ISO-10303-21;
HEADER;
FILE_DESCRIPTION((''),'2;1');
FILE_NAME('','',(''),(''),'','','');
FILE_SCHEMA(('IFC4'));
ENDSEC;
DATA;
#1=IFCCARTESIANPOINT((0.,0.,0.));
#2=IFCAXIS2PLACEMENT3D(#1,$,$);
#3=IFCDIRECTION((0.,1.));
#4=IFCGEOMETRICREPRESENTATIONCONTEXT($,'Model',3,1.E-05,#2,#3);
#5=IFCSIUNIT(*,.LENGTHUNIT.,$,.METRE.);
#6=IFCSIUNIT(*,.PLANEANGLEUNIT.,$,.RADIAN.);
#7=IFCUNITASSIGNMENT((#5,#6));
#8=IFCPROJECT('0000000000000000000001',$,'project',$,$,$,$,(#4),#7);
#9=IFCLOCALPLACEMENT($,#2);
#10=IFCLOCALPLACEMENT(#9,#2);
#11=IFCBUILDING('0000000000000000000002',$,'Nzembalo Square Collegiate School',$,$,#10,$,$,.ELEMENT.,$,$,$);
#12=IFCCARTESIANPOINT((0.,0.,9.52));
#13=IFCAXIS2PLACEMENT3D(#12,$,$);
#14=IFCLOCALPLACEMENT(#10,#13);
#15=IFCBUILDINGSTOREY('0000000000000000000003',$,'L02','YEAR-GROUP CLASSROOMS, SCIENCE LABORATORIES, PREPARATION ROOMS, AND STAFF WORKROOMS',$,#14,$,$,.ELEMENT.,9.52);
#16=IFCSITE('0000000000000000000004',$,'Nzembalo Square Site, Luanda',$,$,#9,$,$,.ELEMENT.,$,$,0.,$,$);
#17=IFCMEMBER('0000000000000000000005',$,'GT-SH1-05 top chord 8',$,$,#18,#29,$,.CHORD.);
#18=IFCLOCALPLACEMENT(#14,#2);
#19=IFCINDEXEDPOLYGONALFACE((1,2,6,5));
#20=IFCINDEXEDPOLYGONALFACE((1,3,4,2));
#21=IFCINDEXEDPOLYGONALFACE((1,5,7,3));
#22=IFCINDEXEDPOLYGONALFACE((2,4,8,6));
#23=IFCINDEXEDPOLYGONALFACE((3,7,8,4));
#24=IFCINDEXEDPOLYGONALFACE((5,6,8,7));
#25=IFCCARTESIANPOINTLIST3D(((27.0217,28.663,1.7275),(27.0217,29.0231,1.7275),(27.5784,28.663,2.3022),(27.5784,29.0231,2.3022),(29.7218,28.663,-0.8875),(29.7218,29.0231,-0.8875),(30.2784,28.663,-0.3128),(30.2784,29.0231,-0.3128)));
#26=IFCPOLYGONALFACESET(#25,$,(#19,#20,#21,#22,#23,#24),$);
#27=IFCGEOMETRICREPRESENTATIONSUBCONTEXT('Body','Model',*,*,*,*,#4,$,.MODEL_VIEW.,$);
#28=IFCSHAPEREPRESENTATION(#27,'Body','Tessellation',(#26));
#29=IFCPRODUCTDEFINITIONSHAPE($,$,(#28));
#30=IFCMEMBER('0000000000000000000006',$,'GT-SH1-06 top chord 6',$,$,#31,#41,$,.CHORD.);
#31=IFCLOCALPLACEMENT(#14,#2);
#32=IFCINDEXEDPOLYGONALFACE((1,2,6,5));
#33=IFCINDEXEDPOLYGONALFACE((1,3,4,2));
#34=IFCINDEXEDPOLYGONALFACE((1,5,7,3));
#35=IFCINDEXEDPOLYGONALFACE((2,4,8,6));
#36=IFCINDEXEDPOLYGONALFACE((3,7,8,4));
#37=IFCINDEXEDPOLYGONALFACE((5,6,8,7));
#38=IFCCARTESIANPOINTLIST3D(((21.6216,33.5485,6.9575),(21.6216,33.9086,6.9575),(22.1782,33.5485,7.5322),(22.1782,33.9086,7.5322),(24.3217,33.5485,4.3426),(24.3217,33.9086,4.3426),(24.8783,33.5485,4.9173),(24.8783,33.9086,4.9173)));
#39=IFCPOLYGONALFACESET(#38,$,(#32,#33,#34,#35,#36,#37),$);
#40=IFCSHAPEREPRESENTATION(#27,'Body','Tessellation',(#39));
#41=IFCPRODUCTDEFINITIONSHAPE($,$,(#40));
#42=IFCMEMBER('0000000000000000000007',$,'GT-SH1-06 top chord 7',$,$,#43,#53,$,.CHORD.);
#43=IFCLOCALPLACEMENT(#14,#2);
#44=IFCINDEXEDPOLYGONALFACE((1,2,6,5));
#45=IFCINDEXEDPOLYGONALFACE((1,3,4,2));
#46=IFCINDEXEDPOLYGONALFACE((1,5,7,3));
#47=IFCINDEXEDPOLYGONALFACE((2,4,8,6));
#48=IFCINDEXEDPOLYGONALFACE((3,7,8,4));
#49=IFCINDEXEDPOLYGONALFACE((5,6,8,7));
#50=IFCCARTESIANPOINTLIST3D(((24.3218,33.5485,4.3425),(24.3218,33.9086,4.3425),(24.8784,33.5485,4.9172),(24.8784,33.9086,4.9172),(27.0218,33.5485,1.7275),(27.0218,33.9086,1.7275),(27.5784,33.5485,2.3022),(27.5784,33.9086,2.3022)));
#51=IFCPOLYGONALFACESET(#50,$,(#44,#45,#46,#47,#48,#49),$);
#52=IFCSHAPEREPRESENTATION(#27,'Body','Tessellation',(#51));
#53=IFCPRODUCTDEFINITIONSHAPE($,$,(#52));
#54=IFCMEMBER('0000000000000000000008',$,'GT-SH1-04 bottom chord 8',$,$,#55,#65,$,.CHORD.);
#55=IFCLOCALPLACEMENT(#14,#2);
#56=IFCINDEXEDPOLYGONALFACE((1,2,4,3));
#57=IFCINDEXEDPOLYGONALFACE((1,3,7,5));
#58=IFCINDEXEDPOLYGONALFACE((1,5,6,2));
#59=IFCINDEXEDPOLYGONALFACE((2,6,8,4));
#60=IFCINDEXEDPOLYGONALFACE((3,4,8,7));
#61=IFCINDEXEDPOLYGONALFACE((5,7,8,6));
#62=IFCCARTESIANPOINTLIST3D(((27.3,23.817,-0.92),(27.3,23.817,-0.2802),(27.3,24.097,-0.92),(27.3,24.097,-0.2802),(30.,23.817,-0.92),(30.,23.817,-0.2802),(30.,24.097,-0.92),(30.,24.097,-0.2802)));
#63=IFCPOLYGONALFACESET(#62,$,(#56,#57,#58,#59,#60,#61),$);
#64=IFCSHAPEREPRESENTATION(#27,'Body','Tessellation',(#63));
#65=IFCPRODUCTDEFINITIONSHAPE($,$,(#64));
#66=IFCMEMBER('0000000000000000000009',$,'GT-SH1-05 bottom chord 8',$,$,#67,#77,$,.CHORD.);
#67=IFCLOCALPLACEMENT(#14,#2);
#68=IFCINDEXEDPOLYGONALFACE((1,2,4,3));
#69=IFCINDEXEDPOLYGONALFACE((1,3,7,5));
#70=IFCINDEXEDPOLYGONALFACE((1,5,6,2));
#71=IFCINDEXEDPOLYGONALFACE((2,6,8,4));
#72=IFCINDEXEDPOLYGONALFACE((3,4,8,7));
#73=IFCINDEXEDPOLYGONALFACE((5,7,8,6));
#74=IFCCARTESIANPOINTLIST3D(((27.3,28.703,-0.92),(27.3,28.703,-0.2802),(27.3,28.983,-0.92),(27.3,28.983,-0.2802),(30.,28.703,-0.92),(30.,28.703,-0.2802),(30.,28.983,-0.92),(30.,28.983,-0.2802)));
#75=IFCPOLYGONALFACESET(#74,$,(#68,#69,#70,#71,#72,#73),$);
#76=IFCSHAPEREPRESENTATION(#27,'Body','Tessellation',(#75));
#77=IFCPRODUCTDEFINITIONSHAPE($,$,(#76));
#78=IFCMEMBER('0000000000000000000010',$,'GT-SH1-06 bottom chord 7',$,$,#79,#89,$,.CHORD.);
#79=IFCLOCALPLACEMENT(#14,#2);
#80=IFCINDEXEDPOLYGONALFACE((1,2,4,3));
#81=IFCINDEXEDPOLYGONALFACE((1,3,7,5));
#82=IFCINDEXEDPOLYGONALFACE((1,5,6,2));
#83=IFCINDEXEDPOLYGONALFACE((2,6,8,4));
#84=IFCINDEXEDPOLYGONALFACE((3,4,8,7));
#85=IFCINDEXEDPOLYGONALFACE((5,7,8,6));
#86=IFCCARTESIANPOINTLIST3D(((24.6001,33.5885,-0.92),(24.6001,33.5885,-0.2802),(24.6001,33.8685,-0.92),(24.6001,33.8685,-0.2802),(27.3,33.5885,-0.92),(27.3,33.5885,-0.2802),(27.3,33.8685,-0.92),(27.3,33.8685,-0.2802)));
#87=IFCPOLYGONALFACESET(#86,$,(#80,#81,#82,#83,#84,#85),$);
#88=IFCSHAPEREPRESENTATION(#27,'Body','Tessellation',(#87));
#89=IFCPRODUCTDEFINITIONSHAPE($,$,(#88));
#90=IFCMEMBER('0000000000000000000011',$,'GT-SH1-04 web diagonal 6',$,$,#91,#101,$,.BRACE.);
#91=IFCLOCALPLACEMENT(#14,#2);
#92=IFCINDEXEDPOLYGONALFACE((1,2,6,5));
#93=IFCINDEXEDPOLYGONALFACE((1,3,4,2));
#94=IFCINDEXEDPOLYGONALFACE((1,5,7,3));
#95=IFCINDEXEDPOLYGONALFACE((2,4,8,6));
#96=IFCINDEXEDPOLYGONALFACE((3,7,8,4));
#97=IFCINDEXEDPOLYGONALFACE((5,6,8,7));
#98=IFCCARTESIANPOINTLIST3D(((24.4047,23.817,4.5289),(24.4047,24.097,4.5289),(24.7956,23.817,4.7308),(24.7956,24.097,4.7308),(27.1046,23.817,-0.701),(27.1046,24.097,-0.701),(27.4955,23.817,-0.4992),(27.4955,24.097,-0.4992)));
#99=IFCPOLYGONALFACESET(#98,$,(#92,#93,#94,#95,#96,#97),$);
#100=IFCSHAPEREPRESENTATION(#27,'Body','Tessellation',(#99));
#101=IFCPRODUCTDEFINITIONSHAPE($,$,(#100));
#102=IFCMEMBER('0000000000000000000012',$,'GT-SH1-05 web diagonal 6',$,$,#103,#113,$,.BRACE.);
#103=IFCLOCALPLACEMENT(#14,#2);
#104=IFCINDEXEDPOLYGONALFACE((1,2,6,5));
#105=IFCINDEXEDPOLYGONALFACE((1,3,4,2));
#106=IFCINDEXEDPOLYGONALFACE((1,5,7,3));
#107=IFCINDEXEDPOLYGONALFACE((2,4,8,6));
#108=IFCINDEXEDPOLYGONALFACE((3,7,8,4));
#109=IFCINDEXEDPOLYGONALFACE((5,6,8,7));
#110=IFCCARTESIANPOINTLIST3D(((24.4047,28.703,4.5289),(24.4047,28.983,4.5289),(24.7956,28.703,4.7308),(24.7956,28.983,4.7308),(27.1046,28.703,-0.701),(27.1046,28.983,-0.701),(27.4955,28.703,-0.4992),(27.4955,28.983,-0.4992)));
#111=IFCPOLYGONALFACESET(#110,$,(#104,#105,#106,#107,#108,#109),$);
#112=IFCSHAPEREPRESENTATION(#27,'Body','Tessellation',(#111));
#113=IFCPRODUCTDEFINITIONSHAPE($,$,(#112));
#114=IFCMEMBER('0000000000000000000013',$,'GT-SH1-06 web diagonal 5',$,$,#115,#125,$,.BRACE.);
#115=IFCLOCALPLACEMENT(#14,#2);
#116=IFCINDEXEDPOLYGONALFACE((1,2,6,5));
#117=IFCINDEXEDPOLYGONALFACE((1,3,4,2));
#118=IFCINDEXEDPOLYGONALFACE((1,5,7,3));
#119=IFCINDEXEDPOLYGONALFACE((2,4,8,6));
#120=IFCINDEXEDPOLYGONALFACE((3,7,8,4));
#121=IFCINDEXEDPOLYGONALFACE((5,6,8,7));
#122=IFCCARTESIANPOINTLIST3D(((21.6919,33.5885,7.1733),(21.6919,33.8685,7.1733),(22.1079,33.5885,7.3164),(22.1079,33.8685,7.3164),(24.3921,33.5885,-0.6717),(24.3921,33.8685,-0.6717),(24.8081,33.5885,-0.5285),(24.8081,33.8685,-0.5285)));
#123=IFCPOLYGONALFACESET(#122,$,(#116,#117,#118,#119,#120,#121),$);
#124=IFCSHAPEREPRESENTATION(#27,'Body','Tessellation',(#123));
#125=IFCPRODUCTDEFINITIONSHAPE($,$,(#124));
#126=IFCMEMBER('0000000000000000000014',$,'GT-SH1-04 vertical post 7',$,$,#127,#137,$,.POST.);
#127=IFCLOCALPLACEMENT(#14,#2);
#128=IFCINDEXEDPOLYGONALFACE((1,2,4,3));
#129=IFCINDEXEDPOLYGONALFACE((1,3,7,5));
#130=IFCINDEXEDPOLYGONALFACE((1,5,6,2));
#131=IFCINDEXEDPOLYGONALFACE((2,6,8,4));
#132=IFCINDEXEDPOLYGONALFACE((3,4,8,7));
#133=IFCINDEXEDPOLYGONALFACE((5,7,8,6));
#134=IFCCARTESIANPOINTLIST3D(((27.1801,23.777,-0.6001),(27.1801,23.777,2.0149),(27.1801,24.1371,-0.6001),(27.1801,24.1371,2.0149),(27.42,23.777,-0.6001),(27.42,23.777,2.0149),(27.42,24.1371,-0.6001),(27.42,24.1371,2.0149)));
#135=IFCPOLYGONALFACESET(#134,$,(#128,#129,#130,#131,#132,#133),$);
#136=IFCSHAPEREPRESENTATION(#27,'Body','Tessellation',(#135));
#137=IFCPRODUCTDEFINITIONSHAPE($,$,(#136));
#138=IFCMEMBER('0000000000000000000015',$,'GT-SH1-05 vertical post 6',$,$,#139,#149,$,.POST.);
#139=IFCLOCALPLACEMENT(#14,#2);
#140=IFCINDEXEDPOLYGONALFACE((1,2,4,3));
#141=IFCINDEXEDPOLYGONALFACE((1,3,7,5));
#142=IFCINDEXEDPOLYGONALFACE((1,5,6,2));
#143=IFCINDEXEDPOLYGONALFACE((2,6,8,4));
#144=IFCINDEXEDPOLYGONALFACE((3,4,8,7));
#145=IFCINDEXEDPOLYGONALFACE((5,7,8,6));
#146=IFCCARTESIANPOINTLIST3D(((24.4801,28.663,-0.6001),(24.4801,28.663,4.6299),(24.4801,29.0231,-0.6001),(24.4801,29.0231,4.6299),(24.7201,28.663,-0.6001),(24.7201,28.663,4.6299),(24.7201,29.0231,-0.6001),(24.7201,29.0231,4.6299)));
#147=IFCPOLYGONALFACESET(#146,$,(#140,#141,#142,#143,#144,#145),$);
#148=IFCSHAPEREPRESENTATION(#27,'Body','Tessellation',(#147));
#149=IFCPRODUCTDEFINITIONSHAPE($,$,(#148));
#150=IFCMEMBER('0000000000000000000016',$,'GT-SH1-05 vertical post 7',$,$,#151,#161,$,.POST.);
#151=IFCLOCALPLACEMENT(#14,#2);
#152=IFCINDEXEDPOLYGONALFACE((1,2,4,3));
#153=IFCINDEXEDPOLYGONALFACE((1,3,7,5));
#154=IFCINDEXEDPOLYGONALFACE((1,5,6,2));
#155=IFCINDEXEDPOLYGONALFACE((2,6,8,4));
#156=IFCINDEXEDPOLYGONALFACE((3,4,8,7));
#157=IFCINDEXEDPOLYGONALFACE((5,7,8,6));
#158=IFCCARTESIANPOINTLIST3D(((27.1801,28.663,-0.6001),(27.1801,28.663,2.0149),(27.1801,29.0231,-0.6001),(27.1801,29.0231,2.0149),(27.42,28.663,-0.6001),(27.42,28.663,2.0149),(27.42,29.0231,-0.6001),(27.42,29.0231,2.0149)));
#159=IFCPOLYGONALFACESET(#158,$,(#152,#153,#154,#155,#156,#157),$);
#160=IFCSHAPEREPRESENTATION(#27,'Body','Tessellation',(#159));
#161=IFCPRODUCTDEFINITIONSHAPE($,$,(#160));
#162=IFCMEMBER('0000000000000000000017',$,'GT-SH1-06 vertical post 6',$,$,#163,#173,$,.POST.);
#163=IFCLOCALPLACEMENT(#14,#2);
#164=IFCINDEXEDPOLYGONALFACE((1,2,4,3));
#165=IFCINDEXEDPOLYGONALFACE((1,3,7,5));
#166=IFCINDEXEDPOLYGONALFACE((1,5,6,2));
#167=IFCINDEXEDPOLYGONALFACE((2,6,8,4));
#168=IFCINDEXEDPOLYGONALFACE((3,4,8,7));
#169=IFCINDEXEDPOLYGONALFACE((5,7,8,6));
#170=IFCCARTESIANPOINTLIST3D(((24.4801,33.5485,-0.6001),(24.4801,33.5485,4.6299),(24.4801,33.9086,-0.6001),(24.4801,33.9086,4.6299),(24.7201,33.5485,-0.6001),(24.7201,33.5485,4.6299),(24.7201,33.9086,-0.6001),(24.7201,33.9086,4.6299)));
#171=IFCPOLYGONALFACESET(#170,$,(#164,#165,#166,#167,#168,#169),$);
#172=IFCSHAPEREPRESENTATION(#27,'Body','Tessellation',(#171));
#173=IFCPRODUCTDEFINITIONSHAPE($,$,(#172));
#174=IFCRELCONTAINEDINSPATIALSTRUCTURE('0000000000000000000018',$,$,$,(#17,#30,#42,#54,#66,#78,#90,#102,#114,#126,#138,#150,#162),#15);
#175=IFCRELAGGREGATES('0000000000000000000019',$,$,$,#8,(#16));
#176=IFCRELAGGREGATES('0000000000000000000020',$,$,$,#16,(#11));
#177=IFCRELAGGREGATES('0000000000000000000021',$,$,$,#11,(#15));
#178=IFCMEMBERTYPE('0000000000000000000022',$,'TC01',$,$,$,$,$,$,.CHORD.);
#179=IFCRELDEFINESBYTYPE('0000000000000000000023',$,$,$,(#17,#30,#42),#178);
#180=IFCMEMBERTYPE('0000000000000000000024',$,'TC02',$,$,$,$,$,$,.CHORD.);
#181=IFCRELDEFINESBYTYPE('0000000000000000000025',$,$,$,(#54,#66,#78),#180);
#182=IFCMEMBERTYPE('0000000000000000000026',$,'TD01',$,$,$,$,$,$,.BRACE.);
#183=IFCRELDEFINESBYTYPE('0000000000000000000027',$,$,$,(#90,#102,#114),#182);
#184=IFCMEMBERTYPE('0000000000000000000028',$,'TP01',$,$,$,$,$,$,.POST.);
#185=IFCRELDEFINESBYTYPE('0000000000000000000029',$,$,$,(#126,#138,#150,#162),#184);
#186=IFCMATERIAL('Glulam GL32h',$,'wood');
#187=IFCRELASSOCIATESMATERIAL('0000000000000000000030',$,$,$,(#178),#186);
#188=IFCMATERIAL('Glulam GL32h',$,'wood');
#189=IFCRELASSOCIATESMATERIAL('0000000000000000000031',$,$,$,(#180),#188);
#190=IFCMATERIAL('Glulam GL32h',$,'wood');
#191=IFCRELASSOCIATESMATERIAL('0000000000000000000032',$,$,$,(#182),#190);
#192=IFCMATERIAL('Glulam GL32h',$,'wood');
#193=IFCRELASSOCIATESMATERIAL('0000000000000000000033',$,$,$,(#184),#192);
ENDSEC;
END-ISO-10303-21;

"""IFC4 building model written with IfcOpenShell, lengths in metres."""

from ifc_helpers import new_model, si_unit, direction, frame, origin, origin_2d, place, context, subcontext, project, spatial, rectangle, extrude, material, material_profile, profile_set, type_object, element, save


model = new_model("IFC4")

# Units and contexts
model_context = context("Model", 3, precision=1e-05, world=origin(), true_north=direction((0.0, 1.0)))
body_context = subcontext(model_context, "Body", "Model", "MODEL_VIEW")
ifc_project = project(units=[si_unit("LENGTHUNIT", "METRE"), si_unit("PLANEANGLEUNIT", "RADIAN")], contexts=[model_context])

# Site, building, storey
site_placement = place(None, origin())
site = spatial("IfcSite", under=ifc_project, at=site_placement, Name="Nzembalo Square Site, Luanda", CompositionType="ELEMENT", RefElevation=0.0)
building_placement = place(site_placement, origin())
building = spatial("IfcBuilding", under=site, at=building_placement, Name="Nzembalo Square Collegiate School", CompositionType="ELEMENT")
storey_placement = place(building_placement, frame((0.0, 0.0, 9.52)))
storey = spatial("IfcBuildingStorey", under=building, at=storey_placement, Name="L02", Description="YEAR-GROUP CLASSROOMS, SCIENCE LABORATORIES, PREPARATION ROOMS, AND STAFF WORKROOMS", CompositionType="ELEMENT", Elevation=9.52)

# Members
ifc_material_1 = material(Name="Glulam GL32h", Category="wood")
ifc_material_profile_1 = material_profile(ifc_material_1, rectangle(XDim=0.3601, YDim=0.8, at=origin_2d()), Name="GL32h 360x800")
ifc_profile_set_1 = profile_set([ifc_material_profile_1], Name="Glulam GL32h")
member_type_1 = type_object("IfcMemberType", Name="TC01", PredefinedType="CHORD", material=ifc_profile_set_1)
for number, where, z_axis, x_axis, name in (
    (1, (27.3, 28.843, 2.0149), (0.718318, 0.0, -0.695715), (0.0, 1.0, 0.0), "GT-SH1-05 top chord 8"),
    (2, (21.8999, 33.7285, 7.2449), (0.71835, 0.0, -0.695682), (0.0, 1.0, 0.0), "GT-SH1-06 top chord 6"),
    (3, (24.6001, 33.7285, 4.6299), (0.718318, 0.0, -0.695715), (0.0, 1.0, 0.0), "GT-SH1-06 top chord 7"),
):
    element("IfcMember", number, at=place(storey_placement, frame(where, z_axis=z_axis, x_axis=x_axis)), inside=storey, type_object=member_type_1, Name=name, PredefinedType="CHORD", context=body_context, shape_type="SweptSolid", body=[
        extrude(rectangle(XDim=0.3601, YDim=0.8, at=origin_2d()), origin(), (0.0, 0.0, 1.0), 3.7588),
    ])
ifc_material_2 = material(Name="Glulam GL32h", Category="wood")
ifc_material_profile_2 = material_profile(ifc_material_2, rectangle(XDim=0.28, YDim=0.6399, at=origin_2d()), Name="GL32h 280x640")
ifc_profile_set_2 = profile_set([ifc_material_profile_2], Name="Glulam GL32h")
member_type_2 = type_object("IfcMemberType", Name="TC02", PredefinedType="CHORD", material=ifc_profile_set_2)
for number, where, z_axis, x_axis, name in (
    (4, (27.3, 23.957, -0.6001), (1.0, 0.0, 0.0), (0.0, 1.0, 0.0), "GT-SH1-04 bottom chord 8"),
    (5, (27.3, 28.843, -0.6001), (1.0, 0.0, 0.0), (0.0, 1.0, 0.0), "GT-SH1-05 bottom chord 8"),
    (6, (24.6001, 33.7285, -0.6001), (1.0, 0.0, 0.0), (0.0, 1.0, 0.0), "GT-SH1-06 bottom chord 7"),
):
    element("IfcMember", number, at=place(storey_placement, frame(where, z_axis=z_axis, x_axis=x_axis)), inside=storey, type_object=member_type_2, Name=name, PredefinedType="CHORD", context=body_context, shape_type="SweptSolid", body=[
        extrude(rectangle(XDim=0.28, YDim=0.6399, at=origin_2d()), origin(), (0.0, 0.0, 1.0), 2.7),
    ])
ifc_material_3 = material(Name="Glulam GL32h", Category="wood")
ifc_material_profile_3 = material_profile(ifc_material_3, rectangle(XDim=0.28, YDim=0.4399, at=origin_2d()), Name="GL32h 280x440")
ifc_profile_set_3 = profile_set([ifc_material_profile_3], Name="Glulam GL32h")
member_type_3 = type_object("IfcMemberType", Name="TD01", PredefinedType="BRACE", material=ifc_profile_set_3)
for number, where, z_axis, x_axis, name in (
    (7, (27.3, 23.957, -0.6001), (-0.458724, 0.0, 0.888579), (0.0, -1.0, 0.0), "GT-SH1-04 web diagonal 6"),
    (8, (27.3, 28.843, -0.6001), (-0.458724, 0.0, 0.888579), (0.0, -1.0, 0.0), "GT-SH1-05 web diagonal 6"),
):
    element("IfcMember", number, at=place(storey_placement, frame(where, z_axis=z_axis, x_axis=x_axis)), inside=storey, type_object=member_type_3, Name=name, PredefinedType="BRACE", context=body_context, shape_type="SweptSolid", body=[
        extrude(rectangle(XDim=0.28, YDim=0.4399, at=origin_2d()), origin(), (0.0, 0.0, 1.0), 5.8857),
    ])
member_1_placement = place(storey_placement, frame((24.6001, 33.7285, -0.6001), z_axis=(-0.325456, 0.0, 0.945557), x_axis=(0.0, -1.0, 0.0)))
element("IfcMember", 9, at=member_1_placement, inside=storey, type_object=member_type_3, Name="GT-SH1-06 web diagonal 5", PredefinedType="BRACE", context=body_context, shape_type="SweptSolid", body=[
    extrude(rectangle(XDim=0.28, YDim=0.4399, at=origin_2d()), origin(), (0.0, 0.0, 1.0), 8.2966),
])
ifc_material_4 = material(Name="Glulam GL32h", Category="wood")
ifc_material_profile_4 = material_profile(ifc_material_4, rectangle(XDim=0.24, YDim=0.3601, at=origin_2d()), Name="GL32h 240x360")
ifc_profile_set_4 = profile_set([ifc_material_profile_4], Name="Glulam GL32h")
member_type_4 = type_object("IfcMemberType", Name="TP01", PredefinedType="POST", material=ifc_profile_set_4)
member_2_placement = place(storey_placement, frame((27.3, 23.957, -0.6001), z_axis=(0.0, 0.0, 1.0), x_axis=(1.0, 0.0, 0.0)))
element("IfcMember", 10, at=member_2_placement, inside=storey, type_object=member_type_4, Name="GT-SH1-04 vertical post 7", PredefinedType="POST", context=body_context, shape_type="SweptSolid", body=[
    extrude(rectangle(XDim=0.24, YDim=0.3601, at=origin_2d()), origin(), (0.0, 0.0, 1.0), 2.615),
])
member_3_placement = place(storey_placement, frame((24.6001, 28.843, -0.6001), z_axis=(0.0, 0.0, 1.0), x_axis=(1.0, 0.0, 0.0)))
element("IfcMember", 11, at=member_3_placement, inside=storey, type_object=member_type_4, Name="GT-SH1-05 vertical post 6", PredefinedType="POST", context=body_context, shape_type="SweptSolid", body=[
    extrude(rectangle(XDim=0.24, YDim=0.3601, at=origin_2d()), origin(), (0.0, 0.0, 1.0), 5.23),
])
member_4_placement = place(storey_placement, frame((27.3, 28.843, -0.6001), z_axis=(0.0, 0.0, 1.0), x_axis=(1.0, 0.0, 0.0)))
element("IfcMember", 12, at=member_4_placement, inside=storey, type_object=member_type_4, Name="GT-SH1-05 vertical post 7", PredefinedType="POST", context=body_context, shape_type="SweptSolid", body=[
    extrude(rectangle(XDim=0.24, YDim=0.3601, at=origin_2d()), origin(), (0.0, 0.0, 1.0), 2.615),
])
member_5_placement = place(storey_placement, frame((24.6001, 33.7285, -0.6001), z_axis=(0.0, 0.0, 1.0), x_axis=(1.0, 0.0, 0.0)))
element("IfcMember", 13, at=member_5_placement, inside=storey, type_object=member_type_4, Name="GT-SH1-06 vertical post 6", PredefinedType="POST", context=body_context, shape_type="SweptSolid", body=[
    extrude(rectangle(XDim=0.24, YDim=0.3601, at=origin_2d()), origin(), (0.0, 0.0, 1.0), 5.23),
])

save(model, "model.ifc")
